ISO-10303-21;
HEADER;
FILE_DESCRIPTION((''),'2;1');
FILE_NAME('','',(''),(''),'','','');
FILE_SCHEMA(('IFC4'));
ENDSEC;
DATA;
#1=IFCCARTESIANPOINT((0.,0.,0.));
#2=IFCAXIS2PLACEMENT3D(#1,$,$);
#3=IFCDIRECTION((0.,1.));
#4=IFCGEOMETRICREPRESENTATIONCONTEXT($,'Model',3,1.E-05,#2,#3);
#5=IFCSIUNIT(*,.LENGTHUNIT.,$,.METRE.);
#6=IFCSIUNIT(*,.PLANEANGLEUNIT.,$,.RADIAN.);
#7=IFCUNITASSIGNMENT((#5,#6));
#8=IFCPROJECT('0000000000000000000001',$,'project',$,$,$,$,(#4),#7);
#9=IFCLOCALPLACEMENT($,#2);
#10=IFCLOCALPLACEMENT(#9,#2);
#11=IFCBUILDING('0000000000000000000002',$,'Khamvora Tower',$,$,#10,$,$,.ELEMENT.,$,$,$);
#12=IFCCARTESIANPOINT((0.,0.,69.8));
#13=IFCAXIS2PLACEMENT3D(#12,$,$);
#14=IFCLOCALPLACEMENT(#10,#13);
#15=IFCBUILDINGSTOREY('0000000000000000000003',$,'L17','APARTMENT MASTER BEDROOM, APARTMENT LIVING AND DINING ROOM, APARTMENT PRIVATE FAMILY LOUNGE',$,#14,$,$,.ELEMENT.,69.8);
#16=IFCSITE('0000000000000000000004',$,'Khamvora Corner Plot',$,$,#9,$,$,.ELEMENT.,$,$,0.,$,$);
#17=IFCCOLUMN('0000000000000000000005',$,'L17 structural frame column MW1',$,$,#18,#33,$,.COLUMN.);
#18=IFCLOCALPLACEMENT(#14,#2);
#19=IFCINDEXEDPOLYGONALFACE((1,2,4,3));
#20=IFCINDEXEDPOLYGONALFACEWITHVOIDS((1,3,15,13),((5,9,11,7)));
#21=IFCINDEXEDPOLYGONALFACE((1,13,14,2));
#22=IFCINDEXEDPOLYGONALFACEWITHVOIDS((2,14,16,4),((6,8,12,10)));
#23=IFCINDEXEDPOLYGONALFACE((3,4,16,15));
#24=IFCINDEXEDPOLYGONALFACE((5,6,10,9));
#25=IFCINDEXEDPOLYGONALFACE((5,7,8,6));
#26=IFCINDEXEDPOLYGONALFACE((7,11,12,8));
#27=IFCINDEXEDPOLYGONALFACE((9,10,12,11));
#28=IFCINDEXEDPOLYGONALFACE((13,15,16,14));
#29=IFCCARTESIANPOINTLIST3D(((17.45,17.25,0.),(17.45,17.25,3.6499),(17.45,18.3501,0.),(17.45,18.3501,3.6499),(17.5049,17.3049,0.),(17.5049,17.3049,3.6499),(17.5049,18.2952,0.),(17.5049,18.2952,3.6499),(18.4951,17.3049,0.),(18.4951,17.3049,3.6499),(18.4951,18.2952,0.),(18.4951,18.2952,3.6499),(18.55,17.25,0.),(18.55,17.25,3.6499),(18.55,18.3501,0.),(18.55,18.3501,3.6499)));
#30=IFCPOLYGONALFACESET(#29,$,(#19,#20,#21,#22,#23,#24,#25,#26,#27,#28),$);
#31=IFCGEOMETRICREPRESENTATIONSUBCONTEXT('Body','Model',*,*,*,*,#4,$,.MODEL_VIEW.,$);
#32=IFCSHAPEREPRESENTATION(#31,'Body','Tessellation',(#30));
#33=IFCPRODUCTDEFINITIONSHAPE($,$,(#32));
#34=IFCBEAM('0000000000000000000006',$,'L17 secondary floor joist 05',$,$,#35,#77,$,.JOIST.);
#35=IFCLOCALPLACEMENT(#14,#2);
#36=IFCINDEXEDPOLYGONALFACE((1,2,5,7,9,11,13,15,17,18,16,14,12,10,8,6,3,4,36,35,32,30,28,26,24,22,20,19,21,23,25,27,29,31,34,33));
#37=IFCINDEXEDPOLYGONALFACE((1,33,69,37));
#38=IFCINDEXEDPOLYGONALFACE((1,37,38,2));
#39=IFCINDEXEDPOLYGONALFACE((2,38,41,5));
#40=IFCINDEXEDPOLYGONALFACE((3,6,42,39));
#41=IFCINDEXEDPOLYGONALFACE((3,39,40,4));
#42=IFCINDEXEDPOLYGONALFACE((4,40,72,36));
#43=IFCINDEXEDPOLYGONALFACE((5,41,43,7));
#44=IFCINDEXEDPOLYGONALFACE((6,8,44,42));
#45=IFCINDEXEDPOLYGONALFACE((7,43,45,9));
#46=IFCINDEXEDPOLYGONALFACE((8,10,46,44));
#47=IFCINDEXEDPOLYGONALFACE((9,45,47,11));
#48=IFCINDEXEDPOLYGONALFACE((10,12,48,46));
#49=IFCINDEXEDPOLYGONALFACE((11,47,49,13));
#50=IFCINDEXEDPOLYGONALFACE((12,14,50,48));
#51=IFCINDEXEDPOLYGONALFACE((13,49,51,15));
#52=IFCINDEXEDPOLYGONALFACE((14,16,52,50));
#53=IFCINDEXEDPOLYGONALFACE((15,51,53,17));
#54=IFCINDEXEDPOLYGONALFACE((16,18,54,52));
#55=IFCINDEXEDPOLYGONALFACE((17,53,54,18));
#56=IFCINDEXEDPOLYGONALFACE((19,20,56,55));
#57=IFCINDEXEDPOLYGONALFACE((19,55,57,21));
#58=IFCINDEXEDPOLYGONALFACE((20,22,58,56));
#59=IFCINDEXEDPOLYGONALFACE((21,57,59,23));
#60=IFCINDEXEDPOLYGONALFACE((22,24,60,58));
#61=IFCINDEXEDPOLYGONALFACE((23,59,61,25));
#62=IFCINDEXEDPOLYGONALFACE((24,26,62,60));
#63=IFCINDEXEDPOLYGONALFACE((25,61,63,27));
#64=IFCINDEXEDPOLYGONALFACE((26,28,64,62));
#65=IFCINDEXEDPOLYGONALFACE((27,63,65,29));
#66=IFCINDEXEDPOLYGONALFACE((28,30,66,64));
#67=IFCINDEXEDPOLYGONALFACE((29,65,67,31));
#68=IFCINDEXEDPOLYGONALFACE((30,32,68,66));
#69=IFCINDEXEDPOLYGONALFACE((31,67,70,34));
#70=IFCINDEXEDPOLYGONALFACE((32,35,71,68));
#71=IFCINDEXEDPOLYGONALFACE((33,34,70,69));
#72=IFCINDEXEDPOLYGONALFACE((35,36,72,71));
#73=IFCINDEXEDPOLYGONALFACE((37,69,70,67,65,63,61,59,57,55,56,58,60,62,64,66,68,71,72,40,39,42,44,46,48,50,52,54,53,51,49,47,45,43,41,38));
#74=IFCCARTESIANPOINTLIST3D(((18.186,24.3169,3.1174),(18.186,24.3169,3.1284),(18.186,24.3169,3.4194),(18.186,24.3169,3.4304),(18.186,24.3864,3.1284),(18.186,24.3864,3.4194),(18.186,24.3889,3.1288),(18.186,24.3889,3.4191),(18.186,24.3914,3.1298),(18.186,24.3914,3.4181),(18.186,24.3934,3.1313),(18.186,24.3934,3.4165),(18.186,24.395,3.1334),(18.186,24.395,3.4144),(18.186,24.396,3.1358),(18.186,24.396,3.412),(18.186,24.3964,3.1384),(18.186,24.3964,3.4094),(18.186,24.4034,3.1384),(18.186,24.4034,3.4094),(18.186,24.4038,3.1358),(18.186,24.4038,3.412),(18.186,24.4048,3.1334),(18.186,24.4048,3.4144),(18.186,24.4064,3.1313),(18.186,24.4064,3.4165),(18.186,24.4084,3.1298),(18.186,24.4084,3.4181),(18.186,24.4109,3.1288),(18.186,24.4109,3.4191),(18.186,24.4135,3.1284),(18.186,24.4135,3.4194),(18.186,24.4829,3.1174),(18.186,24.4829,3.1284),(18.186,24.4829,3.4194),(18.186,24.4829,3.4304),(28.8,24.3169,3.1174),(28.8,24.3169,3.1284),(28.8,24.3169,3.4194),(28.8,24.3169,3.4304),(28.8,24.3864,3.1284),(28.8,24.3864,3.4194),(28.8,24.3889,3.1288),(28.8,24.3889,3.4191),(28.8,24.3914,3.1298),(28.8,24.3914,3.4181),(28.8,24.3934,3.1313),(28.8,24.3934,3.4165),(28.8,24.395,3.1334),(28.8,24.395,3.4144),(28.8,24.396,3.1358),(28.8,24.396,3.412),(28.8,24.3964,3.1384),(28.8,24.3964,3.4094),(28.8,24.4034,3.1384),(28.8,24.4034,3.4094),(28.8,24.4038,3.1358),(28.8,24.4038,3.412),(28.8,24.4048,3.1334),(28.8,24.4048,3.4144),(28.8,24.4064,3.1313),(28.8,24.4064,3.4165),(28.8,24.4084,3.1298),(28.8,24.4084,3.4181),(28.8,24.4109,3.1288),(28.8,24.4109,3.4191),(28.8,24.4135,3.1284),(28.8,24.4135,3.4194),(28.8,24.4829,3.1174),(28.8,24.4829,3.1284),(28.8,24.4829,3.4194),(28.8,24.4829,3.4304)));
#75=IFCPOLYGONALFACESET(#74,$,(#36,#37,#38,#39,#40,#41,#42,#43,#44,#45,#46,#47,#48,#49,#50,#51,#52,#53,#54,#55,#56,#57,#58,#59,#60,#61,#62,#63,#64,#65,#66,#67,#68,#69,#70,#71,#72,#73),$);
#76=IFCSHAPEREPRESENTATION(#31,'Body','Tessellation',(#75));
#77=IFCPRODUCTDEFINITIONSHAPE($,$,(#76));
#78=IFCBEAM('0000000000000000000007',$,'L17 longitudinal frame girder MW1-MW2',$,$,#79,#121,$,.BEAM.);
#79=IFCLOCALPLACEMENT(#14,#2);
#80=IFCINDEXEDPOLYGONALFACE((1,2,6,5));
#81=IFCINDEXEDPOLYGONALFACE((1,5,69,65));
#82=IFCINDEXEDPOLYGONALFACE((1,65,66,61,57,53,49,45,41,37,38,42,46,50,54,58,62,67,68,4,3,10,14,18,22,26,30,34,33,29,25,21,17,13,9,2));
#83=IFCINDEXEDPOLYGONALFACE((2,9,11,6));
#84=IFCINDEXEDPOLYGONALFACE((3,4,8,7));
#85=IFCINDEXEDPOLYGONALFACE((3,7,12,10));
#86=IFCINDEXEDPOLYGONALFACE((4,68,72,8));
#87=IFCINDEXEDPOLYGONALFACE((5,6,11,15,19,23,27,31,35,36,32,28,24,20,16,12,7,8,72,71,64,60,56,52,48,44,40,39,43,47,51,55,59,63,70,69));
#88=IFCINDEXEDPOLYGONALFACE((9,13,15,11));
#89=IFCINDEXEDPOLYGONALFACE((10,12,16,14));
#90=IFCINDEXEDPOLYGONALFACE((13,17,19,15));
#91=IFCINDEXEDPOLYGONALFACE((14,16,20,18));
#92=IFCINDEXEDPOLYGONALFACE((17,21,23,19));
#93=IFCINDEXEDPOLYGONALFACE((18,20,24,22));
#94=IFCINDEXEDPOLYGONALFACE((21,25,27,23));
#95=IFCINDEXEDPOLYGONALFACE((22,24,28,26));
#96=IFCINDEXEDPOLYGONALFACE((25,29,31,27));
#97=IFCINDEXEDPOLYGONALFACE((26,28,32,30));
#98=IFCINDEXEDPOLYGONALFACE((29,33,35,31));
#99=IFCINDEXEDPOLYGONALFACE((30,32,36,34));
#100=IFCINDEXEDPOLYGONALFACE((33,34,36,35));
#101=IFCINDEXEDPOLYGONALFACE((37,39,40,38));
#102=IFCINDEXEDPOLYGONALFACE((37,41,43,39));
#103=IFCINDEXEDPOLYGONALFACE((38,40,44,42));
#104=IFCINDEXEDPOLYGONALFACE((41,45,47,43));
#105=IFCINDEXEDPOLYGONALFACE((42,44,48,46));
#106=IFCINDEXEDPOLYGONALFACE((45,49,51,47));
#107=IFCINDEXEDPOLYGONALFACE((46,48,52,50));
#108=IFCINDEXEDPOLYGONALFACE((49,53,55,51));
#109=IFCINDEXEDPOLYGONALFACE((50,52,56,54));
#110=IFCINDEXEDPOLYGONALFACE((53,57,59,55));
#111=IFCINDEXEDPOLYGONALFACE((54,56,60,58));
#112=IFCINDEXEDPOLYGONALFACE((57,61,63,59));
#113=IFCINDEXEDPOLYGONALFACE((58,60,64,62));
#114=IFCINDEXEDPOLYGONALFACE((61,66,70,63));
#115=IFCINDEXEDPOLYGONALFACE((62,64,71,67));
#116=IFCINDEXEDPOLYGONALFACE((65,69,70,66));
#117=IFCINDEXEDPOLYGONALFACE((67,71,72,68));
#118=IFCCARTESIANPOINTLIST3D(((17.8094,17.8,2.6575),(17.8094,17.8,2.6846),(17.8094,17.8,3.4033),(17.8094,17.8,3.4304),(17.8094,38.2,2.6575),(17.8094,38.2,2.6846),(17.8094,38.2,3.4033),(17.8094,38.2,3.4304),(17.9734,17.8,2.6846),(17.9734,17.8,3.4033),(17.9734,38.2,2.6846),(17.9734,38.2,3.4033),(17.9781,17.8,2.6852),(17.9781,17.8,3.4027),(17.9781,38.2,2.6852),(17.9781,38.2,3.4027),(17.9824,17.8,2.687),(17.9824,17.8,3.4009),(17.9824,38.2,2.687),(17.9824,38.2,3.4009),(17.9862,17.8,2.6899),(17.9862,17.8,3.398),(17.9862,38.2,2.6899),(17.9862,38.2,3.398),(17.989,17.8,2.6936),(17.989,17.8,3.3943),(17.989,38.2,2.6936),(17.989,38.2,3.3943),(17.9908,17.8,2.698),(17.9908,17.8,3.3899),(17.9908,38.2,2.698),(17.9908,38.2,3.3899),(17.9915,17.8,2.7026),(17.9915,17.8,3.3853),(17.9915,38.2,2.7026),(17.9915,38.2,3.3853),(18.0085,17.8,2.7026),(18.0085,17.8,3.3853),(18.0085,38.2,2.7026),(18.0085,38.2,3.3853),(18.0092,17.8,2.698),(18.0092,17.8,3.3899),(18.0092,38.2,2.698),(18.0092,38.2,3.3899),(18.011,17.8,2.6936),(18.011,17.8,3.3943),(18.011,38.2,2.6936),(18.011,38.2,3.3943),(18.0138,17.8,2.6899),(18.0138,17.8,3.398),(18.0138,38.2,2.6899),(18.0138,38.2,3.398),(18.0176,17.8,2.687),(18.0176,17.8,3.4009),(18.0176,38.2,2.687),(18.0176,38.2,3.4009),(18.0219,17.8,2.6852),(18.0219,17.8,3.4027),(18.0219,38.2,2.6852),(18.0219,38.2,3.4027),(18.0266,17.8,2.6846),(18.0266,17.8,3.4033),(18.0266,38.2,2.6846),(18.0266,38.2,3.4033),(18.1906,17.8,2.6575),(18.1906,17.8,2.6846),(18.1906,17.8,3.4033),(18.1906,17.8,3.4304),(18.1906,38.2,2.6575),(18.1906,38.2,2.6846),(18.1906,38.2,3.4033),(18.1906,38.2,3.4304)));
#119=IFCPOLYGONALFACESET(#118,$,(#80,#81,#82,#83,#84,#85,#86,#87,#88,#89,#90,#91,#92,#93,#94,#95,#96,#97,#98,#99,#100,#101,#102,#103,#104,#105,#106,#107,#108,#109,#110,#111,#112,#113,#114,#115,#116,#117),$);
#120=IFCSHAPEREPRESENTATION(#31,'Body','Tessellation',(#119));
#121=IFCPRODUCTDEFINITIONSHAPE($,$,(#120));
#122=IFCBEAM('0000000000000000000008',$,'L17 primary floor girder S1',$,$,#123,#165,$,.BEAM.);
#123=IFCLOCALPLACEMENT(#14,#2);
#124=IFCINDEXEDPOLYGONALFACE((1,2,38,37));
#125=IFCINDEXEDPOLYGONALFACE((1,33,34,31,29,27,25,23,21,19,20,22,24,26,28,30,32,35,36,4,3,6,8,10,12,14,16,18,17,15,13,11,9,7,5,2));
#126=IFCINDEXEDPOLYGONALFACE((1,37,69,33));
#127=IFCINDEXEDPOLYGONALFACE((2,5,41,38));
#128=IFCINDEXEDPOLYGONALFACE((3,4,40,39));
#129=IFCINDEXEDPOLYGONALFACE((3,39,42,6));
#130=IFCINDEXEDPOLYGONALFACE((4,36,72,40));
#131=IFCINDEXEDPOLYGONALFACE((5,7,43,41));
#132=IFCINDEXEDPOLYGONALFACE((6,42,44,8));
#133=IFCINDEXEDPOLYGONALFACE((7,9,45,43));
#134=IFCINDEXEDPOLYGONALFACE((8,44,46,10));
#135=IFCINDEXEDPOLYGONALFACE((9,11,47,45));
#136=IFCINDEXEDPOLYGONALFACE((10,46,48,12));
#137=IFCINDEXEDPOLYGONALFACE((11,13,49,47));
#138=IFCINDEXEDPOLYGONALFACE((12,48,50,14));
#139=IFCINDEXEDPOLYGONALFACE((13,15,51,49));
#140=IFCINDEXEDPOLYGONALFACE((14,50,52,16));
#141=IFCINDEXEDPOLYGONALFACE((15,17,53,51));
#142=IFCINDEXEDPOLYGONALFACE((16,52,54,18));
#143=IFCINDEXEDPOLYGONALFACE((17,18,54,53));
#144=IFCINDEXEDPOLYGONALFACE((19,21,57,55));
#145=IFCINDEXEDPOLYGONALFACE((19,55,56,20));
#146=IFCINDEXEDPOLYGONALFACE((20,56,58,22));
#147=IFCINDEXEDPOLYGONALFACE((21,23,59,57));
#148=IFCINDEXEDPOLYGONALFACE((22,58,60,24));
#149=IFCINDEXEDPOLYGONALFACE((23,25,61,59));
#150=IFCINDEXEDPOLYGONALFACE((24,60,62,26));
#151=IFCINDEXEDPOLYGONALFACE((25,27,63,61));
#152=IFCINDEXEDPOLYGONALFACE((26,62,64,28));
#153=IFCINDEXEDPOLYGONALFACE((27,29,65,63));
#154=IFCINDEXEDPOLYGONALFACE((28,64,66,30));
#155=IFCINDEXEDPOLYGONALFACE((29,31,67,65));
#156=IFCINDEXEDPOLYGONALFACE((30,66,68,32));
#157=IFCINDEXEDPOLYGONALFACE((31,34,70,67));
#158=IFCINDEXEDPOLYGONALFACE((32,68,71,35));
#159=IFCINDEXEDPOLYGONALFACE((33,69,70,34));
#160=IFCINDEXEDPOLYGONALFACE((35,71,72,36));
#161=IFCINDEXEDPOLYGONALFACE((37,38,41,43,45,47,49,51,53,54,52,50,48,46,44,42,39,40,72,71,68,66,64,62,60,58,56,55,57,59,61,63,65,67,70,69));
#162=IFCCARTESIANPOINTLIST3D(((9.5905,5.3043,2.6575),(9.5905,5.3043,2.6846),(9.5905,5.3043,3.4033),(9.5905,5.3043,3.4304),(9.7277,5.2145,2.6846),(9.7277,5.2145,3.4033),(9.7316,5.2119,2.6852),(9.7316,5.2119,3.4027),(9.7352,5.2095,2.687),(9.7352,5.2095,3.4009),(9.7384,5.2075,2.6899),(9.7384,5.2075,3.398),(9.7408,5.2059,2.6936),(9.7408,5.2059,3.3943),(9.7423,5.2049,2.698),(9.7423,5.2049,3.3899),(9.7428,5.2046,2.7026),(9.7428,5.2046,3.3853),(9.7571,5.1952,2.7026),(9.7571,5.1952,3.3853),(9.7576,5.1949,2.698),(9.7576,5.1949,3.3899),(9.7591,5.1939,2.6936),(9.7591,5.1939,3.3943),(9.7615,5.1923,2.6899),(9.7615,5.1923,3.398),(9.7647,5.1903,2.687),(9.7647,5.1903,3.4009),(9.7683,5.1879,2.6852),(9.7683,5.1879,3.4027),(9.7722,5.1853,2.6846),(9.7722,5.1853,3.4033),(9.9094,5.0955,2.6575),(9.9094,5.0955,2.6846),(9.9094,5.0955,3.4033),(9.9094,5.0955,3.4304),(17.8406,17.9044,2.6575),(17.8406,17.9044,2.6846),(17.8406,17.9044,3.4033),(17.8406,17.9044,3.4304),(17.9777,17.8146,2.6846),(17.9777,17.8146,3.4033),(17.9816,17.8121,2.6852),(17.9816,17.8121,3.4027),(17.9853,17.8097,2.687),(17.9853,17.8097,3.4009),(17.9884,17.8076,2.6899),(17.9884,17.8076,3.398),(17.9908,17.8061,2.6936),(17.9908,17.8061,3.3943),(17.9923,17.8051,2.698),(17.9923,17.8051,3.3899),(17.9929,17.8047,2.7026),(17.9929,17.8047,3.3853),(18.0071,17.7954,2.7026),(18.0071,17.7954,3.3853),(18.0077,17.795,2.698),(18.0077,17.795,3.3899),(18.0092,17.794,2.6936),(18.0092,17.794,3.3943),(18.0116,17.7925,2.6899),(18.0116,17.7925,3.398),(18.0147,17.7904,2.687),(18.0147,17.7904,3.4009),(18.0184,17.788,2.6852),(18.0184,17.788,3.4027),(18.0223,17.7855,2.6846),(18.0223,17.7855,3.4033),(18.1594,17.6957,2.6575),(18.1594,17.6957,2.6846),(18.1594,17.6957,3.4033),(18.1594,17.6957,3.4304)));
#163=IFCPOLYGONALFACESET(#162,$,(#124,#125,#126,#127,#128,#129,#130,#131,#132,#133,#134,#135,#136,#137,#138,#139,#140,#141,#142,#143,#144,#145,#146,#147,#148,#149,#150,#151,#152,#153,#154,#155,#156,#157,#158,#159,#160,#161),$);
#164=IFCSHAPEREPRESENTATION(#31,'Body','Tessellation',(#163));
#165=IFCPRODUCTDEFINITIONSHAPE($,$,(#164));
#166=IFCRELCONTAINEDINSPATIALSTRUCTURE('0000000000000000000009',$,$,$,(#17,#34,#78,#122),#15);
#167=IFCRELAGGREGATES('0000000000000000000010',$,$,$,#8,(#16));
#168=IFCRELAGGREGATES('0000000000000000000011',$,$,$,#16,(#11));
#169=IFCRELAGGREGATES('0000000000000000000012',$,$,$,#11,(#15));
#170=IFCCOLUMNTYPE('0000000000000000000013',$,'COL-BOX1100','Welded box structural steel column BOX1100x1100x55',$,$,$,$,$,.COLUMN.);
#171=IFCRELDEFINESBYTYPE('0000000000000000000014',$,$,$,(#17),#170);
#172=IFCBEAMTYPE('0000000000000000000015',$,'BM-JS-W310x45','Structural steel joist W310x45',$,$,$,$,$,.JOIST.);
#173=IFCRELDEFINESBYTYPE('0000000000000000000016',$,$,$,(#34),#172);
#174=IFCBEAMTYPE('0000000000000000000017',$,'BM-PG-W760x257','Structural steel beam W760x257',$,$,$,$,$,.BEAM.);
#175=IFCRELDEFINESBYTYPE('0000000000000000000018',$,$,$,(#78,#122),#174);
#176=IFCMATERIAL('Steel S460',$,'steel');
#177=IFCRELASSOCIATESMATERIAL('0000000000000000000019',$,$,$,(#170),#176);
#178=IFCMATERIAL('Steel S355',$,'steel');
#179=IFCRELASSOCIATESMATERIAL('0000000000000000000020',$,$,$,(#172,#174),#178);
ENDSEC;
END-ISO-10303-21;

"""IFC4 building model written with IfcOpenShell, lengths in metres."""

from ifc_helpers import new_model, si_unit, direction, frame, origin, origin_2d, place, context, subcontext, project, spatial, hollow_rectangle, i_section, extrude, material, material_profile, profile_set, type_object, element, save


model = new_model("IFC4")

# Units and contexts
model_context = context("Model", 3, precision=1e-05, world=origin(), true_north=direction((0.0, 1.0)))
body_context = subcontext(model_context, "Body", "Model", "MODEL_VIEW")
ifc_project = project(units=[si_unit("LENGTHUNIT", "METRE"), si_unit("PLANEANGLEUNIT", "RADIAN")], contexts=[model_context])

# Site, building, storey
site_placement = place(None, origin())
site = spatial("IfcSite", under=ifc_project, at=site_placement, Name="Khamvora Corner Plot", CompositionType="ELEMENT", RefElevation=0.0)
building_placement = place(site_placement, origin())
building = spatial("IfcBuilding", under=site, at=building_placement, Name="Khamvora Tower", CompositionType="ELEMENT")
storey_placement = place(building_placement, frame((0.0, 0.0, 69.8)))
storey = spatial("IfcBuildingStorey", under=building, at=storey_placement, Name="L17", Description="APARTMENT MASTER BEDROOM, APARTMENT LIVING AND DINING ROOM, APARTMENT PRIVATE FAMILY LOUNGE", CompositionType="ELEMENT", Elevation=69.8)

# Column
ifc_material_1 = material(Name="Steel S460", Category="steel")
ifc_material_profile_1 = material_profile(ifc_material_1, hollow_rectangle(XDim=1.1001, YDim=1.1001, WallThickness=0.0549, at=origin_2d()), Name="BOX1100x1100x55")
ifc_profile_set_1 = profile_set([ifc_material_profile_1], Name="Steel S460")
column_type = type_object("IfcColumnType", Name="COL-BOX1100", Description="Welded box structural steel column BOX1100x1100x55", PredefinedType="COLUMN", material=ifc_profile_set_1)
column_placement = place(storey_placement, frame((18.0, 17.8, 0.0), z_axis=(0.0, 0.0, 1.0), x_axis=(1.0, 0.0, 0.0)))
element("IfcColumn", 1, at=column_placement, inside=storey, type_object=column_type, Name="L17 structural frame column MW1", PredefinedType="COLUMN", context=body_context, shape_type="SweptSolid", body=[
    extrude(hollow_rectangle(XDim=1.1001, YDim=1.1001, WallThickness=0.0549, at=origin_2d()), origin(), (0.0, 0.0, 1.0), 3.6499),
])

# Beams
ifc_material_2 = material(Name="Steel S355", Category="steel")
ifc_material_profile_2 = material_profile(ifc_material_2, i_section(OverallWidth=0.166, OverallDepth=0.313, WebThickness=0.0071, FlangeThickness=0.011, FilletRadius=0.01, at=origin_2d()), Name="W310x45")
ifc_profile_set_2 = profile_set([ifc_material_profile_2], Name="Steel S355")
beam_type_1 = type_object("IfcBeamType", Name="BM-JS-W310x45", Description="Structural steel joist W310x45", PredefinedType="JOIST", material=ifc_profile_set_2)
beam_1_placement = place(storey_placement, frame((18.186, 24.3999, 3.2739), z_axis=(1.0, 0.0, 0.0), x_axis=(0.0, 1.0, 0.0)))
element("IfcBeam", 2, at=beam_1_placement, inside=storey, type_object=beam_type_1, Name="L17 secondary floor joist 05", PredefinedType="JOIST", context=body_context, shape_type="SweptSolid", body=[
    extrude(i_section(OverallWidth=0.166, OverallDepth=0.313, WebThickness=0.0071, FlangeThickness=0.011, FilletRadius=0.01, at=origin_2d()), origin(), (0.0, 0.0, 1.0), 10.614),
])
ifc_material_profile_3 = material_profile(ifc_material_2, i_section(OverallWidth=0.3811, OverallDepth=0.7729, WebThickness=0.0171, FlangeThickness=0.0271, FilletRadius=0.0181, at=origin_2d()), Name="W760x257")
ifc_profile_set_3 = profile_set([ifc_material_profile_3], Name="Steel S355")
beam_type_2 = type_object("IfcBeamType", Name="BM-PG-W760x257", Description="Structural steel beam W760x257", PredefinedType="BEAM", material=ifc_profile_set_3)
beam_2_placement = place(storey_placement, frame((18.0, 17.8, 3.0439), z_axis=(0.0, 1.0, 0.0), x_axis=(-1.0, 0.0, 0.0)))
element("IfcBeam", 3, at=beam_2_placement, inside=storey, type_object=beam_type_2, Name="L17 longitudinal frame girder MW1-MW2", PredefinedType="BEAM", context=body_context, shape_type="SweptSolid", body=[
    extrude(i_section(OverallWidth=0.3811, OverallDepth=0.7729, WebThickness=0.0171, FlangeThickness=0.0271, FilletRadius=0.0181, at=origin_2d()), origin(), (0.0, 0.0, 1.0), 20.3999),
])
beam_3_placement = place(storey_placement, frame((18.0, 17.8, 3.0439), z_axis=(-0.547783, -0.83662, 0.0), x_axis=(0.83662, -0.547783, 0.0)))
element("IfcBeam", 4, at=beam_3_placement, inside=storey, type_object=beam_type_2, Name="L17 primary floor girder S1", PredefinedType="BEAM", context=body_context, shape_type="SweptSolid", body=[
    extrude(i_section(OverallWidth=0.3811, OverallDepth=0.7729, WebThickness=0.0171, FlangeThickness=0.0271, FilletRadius=0.0181, at=origin_2d()), origin(), (0.0, 0.0, 1.0), 15.0608),
])

save(model, "model.ifc")
